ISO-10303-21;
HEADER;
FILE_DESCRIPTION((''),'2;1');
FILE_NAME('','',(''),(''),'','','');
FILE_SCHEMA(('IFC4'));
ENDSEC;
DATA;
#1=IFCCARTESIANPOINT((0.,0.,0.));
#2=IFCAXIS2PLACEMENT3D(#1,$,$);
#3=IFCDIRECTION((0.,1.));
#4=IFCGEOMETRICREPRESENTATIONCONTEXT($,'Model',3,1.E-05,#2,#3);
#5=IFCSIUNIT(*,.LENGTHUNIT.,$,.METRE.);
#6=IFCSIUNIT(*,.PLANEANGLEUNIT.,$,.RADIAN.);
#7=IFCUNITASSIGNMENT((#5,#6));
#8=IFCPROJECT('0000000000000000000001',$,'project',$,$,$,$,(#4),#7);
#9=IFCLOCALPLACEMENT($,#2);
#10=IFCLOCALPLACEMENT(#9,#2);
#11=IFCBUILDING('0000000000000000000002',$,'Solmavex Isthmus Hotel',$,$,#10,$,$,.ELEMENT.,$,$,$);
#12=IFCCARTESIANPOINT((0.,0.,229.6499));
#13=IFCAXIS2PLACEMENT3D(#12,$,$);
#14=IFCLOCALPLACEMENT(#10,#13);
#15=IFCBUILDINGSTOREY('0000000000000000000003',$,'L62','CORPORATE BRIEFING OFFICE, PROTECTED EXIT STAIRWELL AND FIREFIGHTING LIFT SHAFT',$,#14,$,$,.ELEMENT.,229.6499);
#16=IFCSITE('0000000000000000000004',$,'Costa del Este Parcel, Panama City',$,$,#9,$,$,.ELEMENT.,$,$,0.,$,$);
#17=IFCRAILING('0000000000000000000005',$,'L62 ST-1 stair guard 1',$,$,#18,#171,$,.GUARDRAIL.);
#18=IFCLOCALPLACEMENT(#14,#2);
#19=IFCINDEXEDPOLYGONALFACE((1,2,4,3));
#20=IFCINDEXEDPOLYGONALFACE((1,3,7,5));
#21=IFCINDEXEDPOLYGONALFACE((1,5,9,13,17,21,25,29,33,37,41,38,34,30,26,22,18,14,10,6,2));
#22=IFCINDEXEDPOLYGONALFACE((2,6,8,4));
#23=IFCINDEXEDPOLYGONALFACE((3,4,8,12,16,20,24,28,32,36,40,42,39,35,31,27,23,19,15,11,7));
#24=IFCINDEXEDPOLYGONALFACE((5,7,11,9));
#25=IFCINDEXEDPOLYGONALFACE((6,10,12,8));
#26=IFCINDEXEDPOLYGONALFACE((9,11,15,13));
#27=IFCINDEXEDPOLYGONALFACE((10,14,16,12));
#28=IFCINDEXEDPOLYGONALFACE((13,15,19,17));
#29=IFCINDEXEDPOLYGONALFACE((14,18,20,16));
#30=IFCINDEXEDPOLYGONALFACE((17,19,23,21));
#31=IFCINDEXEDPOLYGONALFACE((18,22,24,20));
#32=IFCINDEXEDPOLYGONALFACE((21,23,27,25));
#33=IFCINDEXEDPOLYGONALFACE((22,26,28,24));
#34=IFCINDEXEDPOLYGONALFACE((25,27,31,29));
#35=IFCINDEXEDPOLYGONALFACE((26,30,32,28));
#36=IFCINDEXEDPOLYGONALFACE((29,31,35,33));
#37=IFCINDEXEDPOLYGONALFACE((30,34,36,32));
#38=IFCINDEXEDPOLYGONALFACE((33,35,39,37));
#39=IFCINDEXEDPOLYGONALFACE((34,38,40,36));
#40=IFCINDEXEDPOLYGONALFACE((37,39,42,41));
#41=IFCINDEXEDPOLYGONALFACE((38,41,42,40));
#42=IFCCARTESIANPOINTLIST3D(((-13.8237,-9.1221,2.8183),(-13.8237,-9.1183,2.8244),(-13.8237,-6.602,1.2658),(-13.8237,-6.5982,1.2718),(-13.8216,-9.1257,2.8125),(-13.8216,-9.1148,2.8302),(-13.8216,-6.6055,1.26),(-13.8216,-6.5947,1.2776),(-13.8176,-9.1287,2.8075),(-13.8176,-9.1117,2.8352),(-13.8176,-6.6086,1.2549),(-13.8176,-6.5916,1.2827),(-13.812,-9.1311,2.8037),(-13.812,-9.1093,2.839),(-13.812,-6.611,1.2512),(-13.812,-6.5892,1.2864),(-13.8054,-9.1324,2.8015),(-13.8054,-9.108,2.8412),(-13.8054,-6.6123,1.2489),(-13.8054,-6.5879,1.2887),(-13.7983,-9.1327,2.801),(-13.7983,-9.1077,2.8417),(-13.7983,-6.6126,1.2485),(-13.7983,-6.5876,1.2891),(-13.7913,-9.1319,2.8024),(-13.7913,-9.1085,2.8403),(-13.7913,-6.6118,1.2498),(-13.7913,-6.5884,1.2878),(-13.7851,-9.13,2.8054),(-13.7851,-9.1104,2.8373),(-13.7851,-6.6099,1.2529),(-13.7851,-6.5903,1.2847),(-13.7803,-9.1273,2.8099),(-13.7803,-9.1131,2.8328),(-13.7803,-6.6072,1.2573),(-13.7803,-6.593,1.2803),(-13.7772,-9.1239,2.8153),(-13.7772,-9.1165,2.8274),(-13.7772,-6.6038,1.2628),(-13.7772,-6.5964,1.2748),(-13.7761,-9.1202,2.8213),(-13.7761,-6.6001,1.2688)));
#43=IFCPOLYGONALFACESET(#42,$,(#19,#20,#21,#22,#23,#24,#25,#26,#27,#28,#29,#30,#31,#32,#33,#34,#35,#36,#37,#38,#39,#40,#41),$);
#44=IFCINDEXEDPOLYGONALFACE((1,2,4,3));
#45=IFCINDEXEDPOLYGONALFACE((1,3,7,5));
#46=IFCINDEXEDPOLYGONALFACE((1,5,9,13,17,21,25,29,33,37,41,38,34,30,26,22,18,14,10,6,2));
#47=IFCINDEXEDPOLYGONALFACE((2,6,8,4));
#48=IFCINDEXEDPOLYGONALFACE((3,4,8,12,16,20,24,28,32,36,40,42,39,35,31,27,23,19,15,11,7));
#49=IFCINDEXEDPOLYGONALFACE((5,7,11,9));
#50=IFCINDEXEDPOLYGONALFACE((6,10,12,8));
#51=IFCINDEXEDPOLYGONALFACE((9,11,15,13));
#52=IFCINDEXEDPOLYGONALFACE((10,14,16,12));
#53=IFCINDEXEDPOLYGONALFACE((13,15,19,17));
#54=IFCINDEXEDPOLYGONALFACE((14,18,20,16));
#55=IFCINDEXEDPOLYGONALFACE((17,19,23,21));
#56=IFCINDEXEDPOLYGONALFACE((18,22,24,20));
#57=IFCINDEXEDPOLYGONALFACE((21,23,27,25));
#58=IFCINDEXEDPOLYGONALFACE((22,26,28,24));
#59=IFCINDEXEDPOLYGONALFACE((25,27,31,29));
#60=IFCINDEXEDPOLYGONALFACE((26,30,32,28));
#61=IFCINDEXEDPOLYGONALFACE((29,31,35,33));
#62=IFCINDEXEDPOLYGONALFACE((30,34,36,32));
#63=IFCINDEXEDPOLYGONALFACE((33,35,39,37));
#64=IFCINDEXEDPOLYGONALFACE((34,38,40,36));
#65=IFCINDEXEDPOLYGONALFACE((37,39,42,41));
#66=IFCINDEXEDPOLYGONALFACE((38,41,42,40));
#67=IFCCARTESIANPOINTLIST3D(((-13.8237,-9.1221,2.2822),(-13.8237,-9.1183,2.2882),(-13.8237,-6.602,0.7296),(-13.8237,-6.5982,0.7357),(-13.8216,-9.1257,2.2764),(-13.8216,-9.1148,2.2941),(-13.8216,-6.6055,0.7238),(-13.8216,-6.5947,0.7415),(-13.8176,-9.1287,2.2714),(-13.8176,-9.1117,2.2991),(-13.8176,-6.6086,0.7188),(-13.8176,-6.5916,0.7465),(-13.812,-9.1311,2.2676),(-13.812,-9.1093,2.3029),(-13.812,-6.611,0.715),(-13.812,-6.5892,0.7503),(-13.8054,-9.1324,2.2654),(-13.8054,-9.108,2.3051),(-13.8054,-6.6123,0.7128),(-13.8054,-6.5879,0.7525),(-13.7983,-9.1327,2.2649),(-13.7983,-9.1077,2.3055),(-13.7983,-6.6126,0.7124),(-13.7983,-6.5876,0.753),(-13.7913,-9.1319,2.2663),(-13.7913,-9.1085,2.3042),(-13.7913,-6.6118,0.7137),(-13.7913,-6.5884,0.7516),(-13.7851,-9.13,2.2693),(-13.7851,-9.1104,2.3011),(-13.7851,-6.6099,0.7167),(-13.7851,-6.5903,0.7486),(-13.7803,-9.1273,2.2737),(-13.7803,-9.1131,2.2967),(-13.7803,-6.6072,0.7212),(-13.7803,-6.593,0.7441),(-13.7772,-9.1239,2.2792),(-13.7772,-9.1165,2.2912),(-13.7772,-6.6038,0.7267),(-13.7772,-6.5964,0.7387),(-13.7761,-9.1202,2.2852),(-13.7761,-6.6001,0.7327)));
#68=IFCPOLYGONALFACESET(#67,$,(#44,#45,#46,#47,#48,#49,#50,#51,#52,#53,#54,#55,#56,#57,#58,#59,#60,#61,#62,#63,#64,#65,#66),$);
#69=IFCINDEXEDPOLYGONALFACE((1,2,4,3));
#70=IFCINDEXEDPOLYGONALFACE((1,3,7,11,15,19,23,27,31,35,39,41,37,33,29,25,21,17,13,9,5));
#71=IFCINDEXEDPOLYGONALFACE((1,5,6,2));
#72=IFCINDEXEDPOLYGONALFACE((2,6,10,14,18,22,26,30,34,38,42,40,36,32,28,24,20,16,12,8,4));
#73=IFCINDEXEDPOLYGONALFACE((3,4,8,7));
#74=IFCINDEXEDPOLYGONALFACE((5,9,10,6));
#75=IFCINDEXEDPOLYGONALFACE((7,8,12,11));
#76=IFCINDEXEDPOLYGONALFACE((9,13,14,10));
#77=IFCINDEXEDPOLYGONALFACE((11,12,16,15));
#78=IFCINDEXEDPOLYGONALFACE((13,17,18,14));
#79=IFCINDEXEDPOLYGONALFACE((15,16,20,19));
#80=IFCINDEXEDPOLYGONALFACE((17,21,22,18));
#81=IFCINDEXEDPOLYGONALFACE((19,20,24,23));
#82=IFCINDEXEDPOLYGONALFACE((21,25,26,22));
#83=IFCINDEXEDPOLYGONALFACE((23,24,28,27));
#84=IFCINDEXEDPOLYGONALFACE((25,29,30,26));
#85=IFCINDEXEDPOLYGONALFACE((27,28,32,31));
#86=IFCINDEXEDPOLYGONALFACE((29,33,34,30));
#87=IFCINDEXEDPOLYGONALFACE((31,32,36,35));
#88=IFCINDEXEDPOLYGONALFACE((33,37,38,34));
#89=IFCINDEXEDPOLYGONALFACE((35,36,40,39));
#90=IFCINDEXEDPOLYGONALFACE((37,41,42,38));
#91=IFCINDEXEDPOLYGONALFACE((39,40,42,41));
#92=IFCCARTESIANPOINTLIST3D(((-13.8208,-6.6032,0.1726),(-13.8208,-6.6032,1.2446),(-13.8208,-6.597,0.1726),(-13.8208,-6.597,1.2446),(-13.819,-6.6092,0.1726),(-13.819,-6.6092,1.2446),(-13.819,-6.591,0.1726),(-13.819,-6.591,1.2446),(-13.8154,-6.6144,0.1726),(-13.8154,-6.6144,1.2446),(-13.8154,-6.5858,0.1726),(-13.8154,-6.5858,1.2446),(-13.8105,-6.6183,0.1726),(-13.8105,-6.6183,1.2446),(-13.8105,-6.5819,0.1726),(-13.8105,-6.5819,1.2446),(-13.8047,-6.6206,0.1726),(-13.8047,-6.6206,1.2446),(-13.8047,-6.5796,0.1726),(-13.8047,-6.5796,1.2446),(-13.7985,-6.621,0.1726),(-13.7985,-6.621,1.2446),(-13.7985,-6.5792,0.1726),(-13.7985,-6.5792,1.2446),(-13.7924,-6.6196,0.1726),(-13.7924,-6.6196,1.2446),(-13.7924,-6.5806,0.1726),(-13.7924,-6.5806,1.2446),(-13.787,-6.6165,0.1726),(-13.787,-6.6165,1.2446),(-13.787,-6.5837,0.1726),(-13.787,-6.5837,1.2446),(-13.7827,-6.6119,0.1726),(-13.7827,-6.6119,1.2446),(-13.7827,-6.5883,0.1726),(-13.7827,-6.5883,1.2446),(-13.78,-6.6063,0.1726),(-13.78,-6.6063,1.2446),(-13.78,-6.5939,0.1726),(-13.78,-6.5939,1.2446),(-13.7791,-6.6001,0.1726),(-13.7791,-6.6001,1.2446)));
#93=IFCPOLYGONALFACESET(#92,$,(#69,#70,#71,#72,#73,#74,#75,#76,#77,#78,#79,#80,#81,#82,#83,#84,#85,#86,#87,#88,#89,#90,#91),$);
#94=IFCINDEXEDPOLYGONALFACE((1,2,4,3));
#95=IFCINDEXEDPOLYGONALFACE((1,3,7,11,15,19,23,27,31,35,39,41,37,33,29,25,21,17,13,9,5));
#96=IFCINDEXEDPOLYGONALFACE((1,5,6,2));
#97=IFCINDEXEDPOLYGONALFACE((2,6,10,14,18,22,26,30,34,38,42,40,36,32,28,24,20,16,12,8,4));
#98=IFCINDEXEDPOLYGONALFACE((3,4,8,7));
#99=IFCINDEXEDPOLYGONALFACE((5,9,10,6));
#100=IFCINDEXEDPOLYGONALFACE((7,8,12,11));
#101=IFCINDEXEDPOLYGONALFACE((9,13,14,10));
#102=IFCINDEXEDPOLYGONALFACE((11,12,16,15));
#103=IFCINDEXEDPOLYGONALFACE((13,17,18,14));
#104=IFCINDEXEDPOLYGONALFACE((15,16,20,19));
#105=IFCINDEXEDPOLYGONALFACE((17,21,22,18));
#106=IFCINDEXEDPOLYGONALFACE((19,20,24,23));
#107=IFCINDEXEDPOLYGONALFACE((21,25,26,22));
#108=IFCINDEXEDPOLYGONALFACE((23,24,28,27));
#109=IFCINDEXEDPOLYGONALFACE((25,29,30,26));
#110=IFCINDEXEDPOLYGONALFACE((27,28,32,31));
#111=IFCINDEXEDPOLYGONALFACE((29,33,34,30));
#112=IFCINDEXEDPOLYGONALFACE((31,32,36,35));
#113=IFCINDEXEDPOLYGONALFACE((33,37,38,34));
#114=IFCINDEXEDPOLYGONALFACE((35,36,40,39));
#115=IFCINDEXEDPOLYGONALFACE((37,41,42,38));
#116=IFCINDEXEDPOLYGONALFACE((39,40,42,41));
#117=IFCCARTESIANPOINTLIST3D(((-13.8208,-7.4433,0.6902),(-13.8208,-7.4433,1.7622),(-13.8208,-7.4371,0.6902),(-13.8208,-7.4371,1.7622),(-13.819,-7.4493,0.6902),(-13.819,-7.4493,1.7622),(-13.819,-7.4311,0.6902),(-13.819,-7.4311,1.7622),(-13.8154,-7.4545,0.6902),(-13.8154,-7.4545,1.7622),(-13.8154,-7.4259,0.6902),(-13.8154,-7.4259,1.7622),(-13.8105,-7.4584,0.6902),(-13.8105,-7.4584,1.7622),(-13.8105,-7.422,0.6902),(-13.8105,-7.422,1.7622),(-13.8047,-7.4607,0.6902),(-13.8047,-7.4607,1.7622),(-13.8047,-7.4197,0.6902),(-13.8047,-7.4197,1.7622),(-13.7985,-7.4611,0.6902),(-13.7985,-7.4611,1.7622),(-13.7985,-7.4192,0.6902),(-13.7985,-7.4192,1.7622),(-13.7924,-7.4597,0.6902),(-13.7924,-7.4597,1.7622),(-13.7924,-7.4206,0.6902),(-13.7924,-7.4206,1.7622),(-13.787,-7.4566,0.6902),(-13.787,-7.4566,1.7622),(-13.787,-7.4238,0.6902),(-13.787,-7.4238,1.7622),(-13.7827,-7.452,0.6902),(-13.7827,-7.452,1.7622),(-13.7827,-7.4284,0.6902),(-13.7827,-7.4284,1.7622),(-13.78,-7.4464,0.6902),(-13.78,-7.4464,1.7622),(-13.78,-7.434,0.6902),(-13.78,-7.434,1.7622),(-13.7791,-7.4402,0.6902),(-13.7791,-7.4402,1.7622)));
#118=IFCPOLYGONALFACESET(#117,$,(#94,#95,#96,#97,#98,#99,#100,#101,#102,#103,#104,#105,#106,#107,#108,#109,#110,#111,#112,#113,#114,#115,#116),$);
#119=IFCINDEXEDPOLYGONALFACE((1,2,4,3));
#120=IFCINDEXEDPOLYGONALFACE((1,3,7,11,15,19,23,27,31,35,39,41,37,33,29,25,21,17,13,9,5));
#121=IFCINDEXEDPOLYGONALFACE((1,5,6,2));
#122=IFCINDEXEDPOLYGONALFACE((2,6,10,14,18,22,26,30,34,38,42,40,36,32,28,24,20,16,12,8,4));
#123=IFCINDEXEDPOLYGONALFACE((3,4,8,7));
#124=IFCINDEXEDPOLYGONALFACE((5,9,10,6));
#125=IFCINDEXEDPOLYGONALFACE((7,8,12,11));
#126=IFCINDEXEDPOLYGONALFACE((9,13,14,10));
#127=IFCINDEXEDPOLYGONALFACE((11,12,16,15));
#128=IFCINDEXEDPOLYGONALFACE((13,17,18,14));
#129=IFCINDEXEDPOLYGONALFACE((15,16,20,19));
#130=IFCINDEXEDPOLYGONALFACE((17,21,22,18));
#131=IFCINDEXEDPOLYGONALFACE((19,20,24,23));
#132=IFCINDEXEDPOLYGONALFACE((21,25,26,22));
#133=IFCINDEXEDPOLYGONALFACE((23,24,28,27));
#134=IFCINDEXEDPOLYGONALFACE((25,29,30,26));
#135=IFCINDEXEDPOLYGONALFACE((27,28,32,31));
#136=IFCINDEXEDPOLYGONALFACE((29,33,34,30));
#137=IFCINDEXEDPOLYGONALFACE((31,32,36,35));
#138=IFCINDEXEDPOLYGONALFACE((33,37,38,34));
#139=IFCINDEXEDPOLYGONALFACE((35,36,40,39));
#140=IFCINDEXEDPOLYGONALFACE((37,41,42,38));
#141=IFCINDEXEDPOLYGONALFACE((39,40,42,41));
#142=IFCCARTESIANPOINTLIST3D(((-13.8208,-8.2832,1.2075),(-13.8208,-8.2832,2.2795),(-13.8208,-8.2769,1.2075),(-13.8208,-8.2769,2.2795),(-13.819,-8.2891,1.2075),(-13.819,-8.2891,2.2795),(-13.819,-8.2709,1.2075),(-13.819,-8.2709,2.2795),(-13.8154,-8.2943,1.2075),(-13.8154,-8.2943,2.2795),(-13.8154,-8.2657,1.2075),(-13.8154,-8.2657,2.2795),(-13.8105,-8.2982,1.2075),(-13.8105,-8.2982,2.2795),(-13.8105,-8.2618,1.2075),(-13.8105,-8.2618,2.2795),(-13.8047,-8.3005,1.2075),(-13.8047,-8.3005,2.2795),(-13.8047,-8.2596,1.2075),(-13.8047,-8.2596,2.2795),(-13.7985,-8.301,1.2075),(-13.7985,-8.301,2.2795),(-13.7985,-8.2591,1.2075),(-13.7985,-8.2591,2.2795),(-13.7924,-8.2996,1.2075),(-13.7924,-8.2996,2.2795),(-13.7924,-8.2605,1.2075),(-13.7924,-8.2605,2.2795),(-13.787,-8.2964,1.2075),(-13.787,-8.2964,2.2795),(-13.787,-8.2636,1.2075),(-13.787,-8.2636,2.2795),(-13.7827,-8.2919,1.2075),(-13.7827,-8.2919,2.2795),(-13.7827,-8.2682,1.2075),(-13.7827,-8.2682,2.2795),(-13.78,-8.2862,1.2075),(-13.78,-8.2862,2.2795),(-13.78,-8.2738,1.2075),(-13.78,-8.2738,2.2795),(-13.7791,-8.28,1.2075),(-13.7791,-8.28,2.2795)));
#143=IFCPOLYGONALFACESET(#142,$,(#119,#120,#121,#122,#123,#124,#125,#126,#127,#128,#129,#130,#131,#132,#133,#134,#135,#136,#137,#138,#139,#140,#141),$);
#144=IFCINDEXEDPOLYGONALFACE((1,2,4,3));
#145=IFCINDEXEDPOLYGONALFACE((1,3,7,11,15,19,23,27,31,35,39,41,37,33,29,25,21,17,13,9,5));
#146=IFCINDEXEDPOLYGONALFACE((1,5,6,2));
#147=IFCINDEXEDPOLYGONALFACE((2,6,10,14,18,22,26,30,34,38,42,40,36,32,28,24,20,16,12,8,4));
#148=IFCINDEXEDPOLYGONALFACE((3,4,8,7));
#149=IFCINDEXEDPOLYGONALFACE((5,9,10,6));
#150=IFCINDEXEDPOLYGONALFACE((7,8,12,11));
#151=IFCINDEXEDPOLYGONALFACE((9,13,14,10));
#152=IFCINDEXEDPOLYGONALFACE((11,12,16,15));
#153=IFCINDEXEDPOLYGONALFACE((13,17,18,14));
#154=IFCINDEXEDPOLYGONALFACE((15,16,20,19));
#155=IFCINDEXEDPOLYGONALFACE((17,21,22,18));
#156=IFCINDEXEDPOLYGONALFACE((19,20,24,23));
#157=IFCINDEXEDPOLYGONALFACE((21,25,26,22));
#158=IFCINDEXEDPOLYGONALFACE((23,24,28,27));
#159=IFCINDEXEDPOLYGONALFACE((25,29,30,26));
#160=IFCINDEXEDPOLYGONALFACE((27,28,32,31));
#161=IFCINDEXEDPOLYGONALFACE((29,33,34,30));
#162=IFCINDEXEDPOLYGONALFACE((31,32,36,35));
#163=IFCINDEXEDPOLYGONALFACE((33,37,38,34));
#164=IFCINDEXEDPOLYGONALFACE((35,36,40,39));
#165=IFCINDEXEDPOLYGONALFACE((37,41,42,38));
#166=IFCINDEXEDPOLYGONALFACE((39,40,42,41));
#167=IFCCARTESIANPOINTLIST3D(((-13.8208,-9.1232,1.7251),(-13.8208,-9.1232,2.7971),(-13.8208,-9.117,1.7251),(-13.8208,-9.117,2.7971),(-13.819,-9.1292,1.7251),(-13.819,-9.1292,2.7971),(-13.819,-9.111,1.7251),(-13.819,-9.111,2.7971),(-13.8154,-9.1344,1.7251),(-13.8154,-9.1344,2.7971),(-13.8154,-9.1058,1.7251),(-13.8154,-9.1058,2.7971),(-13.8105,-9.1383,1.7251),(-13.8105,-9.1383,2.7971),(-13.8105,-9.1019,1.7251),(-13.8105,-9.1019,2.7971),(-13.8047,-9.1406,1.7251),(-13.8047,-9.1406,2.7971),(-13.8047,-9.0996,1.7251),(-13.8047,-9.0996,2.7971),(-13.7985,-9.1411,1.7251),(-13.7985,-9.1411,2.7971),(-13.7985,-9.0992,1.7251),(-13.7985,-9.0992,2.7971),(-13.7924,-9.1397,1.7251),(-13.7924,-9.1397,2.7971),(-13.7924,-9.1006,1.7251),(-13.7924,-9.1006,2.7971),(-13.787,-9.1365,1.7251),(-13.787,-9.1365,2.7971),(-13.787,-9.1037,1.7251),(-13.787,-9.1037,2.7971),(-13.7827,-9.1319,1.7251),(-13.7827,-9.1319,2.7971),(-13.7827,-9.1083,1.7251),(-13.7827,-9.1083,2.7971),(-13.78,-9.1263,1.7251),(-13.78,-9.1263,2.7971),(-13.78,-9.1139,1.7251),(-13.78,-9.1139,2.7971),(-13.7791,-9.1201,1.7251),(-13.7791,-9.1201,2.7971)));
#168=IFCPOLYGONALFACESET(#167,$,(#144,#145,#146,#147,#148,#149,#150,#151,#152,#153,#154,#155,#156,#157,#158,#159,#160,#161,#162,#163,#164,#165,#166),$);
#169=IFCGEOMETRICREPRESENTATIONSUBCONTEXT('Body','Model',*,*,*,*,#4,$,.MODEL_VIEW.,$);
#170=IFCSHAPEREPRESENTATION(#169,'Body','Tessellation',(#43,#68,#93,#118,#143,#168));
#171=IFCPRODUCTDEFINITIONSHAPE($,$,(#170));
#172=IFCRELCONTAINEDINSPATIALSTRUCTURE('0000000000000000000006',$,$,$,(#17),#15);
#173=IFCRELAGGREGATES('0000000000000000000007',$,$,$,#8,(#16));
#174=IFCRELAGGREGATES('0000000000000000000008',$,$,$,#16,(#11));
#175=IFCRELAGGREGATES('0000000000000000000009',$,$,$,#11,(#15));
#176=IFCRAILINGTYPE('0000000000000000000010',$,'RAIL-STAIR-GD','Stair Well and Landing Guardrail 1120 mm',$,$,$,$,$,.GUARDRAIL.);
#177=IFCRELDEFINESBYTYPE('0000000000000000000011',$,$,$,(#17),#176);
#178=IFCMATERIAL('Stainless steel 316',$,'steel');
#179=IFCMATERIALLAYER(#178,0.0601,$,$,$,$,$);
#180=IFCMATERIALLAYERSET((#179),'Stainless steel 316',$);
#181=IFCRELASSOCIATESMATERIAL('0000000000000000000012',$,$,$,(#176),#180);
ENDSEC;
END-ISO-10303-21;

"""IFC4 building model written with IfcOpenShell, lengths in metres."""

from ifc_helpers import new_model, si_unit, direction, frame, origin, origin_2d, place, context, subcontext, project, spatial, circle, extrude, material, layer, layer_set, type_object, element, save


model = new_model("IFC4")

# Units and contexts
model_context = context("Model", 3, precision=1e-05, world=origin(), true_north=direction((0.0, 1.0)))
body_context = subcontext(model_context, "Body", "Model", "MODEL_VIEW")
ifc_project = project(units=[si_unit("LENGTHUNIT", "METRE"), si_unit("PLANEANGLEUNIT", "RADIAN")], contexts=[model_context])

# Site, building, storey
site_placement = place(None, origin())
site = spatial("IfcSite", under=ifc_project, at=site_placement, Name="Costa del Este Parcel, Panama City", CompositionType="ELEMENT", RefElevation=0.0)
building_placement = place(site_placement, origin())
building = spatial("IfcBuilding", under=site, at=building_placement, Name="Solmavex Isthmus Hotel", CompositionType="ELEMENT")
storey_placement = place(building_placement, frame((0.0, 0.0, 229.6499)))
storey = spatial("IfcBuildingStorey", under=building, at=storey_placement, Name="L62", Description="CORPORATE BRIEFING OFFICE, PROTECTED EXIT STAIRWELL AND FIREFIGHTING LIFT SHAFT", CompositionType="ELEMENT", Elevation=229.6499)

# Railing
ifc_material_1 = material(Name="Stainless steel 316", Category="steel")
ifc_layer_1 = layer(ifc_material_1, 0.0601)
ifc_layer_set_1 = layer_set([ifc_layer_1], Name="Stainless steel 316")
railing_type_1 = type_object("IfcRailingType", Name="RAIL-STAIR-GD", Description="Stair Well and Landing Guardrail 1120 mm", PredefinedType="GUARDRAIL", material=ifc_layer_set_1)
railing_1_placement = place(storey_placement, frame((-13.8, -6.6001, 0.1726)))
element("IfcRailing", 1, at=railing_1_placement, inside=storey, type_object=railing_type_1, Name="L62 ST-1 stair guard 1", PredefinedType="GUARDRAIL", context=body_context, shape_type="SweptSolid", body=[
    extrude(circle(Radius=0.0239, at=origin_2d()), frame((0.0, 0.0, 1.0962), z_axis=(0.0, -0.8514, 0.524516), x_axis=(1.0, 0.0, 0.0)), (0.0, 0.0, 1.0), 2.96),
    extrude(circle(Radius=0.0239, at=origin_2d()), frame((0.0, 0.0, 0.5601), z_axis=(0.0, -0.8514, 0.524516), x_axis=(1.0, 0.0, 0.0)), (0.0, 0.0, 1.0), 2.96),
    extrude(circle(Radius=0.021, at=origin_2d()), origin(), (0.0, 0.0, 1.0), 1.072),
    extrude(circle(Radius=0.021, at=origin_2d()), frame((0.0, -0.8401, 0.5176)), (0.0, 0.0, 1.0), 1.072),
    extrude(circle(Radius=0.021, at=origin_2d()), frame((0.0, -1.6799, 1.0349)), (0.0, 0.0, 1.0), 1.072),
    extrude(circle(Radius=0.021, at=origin_2d()), frame((0.0, -2.52, 1.5525)), (0.0, 0.0, 1.0), 1.072),
])

save(model, "model.ifc")
